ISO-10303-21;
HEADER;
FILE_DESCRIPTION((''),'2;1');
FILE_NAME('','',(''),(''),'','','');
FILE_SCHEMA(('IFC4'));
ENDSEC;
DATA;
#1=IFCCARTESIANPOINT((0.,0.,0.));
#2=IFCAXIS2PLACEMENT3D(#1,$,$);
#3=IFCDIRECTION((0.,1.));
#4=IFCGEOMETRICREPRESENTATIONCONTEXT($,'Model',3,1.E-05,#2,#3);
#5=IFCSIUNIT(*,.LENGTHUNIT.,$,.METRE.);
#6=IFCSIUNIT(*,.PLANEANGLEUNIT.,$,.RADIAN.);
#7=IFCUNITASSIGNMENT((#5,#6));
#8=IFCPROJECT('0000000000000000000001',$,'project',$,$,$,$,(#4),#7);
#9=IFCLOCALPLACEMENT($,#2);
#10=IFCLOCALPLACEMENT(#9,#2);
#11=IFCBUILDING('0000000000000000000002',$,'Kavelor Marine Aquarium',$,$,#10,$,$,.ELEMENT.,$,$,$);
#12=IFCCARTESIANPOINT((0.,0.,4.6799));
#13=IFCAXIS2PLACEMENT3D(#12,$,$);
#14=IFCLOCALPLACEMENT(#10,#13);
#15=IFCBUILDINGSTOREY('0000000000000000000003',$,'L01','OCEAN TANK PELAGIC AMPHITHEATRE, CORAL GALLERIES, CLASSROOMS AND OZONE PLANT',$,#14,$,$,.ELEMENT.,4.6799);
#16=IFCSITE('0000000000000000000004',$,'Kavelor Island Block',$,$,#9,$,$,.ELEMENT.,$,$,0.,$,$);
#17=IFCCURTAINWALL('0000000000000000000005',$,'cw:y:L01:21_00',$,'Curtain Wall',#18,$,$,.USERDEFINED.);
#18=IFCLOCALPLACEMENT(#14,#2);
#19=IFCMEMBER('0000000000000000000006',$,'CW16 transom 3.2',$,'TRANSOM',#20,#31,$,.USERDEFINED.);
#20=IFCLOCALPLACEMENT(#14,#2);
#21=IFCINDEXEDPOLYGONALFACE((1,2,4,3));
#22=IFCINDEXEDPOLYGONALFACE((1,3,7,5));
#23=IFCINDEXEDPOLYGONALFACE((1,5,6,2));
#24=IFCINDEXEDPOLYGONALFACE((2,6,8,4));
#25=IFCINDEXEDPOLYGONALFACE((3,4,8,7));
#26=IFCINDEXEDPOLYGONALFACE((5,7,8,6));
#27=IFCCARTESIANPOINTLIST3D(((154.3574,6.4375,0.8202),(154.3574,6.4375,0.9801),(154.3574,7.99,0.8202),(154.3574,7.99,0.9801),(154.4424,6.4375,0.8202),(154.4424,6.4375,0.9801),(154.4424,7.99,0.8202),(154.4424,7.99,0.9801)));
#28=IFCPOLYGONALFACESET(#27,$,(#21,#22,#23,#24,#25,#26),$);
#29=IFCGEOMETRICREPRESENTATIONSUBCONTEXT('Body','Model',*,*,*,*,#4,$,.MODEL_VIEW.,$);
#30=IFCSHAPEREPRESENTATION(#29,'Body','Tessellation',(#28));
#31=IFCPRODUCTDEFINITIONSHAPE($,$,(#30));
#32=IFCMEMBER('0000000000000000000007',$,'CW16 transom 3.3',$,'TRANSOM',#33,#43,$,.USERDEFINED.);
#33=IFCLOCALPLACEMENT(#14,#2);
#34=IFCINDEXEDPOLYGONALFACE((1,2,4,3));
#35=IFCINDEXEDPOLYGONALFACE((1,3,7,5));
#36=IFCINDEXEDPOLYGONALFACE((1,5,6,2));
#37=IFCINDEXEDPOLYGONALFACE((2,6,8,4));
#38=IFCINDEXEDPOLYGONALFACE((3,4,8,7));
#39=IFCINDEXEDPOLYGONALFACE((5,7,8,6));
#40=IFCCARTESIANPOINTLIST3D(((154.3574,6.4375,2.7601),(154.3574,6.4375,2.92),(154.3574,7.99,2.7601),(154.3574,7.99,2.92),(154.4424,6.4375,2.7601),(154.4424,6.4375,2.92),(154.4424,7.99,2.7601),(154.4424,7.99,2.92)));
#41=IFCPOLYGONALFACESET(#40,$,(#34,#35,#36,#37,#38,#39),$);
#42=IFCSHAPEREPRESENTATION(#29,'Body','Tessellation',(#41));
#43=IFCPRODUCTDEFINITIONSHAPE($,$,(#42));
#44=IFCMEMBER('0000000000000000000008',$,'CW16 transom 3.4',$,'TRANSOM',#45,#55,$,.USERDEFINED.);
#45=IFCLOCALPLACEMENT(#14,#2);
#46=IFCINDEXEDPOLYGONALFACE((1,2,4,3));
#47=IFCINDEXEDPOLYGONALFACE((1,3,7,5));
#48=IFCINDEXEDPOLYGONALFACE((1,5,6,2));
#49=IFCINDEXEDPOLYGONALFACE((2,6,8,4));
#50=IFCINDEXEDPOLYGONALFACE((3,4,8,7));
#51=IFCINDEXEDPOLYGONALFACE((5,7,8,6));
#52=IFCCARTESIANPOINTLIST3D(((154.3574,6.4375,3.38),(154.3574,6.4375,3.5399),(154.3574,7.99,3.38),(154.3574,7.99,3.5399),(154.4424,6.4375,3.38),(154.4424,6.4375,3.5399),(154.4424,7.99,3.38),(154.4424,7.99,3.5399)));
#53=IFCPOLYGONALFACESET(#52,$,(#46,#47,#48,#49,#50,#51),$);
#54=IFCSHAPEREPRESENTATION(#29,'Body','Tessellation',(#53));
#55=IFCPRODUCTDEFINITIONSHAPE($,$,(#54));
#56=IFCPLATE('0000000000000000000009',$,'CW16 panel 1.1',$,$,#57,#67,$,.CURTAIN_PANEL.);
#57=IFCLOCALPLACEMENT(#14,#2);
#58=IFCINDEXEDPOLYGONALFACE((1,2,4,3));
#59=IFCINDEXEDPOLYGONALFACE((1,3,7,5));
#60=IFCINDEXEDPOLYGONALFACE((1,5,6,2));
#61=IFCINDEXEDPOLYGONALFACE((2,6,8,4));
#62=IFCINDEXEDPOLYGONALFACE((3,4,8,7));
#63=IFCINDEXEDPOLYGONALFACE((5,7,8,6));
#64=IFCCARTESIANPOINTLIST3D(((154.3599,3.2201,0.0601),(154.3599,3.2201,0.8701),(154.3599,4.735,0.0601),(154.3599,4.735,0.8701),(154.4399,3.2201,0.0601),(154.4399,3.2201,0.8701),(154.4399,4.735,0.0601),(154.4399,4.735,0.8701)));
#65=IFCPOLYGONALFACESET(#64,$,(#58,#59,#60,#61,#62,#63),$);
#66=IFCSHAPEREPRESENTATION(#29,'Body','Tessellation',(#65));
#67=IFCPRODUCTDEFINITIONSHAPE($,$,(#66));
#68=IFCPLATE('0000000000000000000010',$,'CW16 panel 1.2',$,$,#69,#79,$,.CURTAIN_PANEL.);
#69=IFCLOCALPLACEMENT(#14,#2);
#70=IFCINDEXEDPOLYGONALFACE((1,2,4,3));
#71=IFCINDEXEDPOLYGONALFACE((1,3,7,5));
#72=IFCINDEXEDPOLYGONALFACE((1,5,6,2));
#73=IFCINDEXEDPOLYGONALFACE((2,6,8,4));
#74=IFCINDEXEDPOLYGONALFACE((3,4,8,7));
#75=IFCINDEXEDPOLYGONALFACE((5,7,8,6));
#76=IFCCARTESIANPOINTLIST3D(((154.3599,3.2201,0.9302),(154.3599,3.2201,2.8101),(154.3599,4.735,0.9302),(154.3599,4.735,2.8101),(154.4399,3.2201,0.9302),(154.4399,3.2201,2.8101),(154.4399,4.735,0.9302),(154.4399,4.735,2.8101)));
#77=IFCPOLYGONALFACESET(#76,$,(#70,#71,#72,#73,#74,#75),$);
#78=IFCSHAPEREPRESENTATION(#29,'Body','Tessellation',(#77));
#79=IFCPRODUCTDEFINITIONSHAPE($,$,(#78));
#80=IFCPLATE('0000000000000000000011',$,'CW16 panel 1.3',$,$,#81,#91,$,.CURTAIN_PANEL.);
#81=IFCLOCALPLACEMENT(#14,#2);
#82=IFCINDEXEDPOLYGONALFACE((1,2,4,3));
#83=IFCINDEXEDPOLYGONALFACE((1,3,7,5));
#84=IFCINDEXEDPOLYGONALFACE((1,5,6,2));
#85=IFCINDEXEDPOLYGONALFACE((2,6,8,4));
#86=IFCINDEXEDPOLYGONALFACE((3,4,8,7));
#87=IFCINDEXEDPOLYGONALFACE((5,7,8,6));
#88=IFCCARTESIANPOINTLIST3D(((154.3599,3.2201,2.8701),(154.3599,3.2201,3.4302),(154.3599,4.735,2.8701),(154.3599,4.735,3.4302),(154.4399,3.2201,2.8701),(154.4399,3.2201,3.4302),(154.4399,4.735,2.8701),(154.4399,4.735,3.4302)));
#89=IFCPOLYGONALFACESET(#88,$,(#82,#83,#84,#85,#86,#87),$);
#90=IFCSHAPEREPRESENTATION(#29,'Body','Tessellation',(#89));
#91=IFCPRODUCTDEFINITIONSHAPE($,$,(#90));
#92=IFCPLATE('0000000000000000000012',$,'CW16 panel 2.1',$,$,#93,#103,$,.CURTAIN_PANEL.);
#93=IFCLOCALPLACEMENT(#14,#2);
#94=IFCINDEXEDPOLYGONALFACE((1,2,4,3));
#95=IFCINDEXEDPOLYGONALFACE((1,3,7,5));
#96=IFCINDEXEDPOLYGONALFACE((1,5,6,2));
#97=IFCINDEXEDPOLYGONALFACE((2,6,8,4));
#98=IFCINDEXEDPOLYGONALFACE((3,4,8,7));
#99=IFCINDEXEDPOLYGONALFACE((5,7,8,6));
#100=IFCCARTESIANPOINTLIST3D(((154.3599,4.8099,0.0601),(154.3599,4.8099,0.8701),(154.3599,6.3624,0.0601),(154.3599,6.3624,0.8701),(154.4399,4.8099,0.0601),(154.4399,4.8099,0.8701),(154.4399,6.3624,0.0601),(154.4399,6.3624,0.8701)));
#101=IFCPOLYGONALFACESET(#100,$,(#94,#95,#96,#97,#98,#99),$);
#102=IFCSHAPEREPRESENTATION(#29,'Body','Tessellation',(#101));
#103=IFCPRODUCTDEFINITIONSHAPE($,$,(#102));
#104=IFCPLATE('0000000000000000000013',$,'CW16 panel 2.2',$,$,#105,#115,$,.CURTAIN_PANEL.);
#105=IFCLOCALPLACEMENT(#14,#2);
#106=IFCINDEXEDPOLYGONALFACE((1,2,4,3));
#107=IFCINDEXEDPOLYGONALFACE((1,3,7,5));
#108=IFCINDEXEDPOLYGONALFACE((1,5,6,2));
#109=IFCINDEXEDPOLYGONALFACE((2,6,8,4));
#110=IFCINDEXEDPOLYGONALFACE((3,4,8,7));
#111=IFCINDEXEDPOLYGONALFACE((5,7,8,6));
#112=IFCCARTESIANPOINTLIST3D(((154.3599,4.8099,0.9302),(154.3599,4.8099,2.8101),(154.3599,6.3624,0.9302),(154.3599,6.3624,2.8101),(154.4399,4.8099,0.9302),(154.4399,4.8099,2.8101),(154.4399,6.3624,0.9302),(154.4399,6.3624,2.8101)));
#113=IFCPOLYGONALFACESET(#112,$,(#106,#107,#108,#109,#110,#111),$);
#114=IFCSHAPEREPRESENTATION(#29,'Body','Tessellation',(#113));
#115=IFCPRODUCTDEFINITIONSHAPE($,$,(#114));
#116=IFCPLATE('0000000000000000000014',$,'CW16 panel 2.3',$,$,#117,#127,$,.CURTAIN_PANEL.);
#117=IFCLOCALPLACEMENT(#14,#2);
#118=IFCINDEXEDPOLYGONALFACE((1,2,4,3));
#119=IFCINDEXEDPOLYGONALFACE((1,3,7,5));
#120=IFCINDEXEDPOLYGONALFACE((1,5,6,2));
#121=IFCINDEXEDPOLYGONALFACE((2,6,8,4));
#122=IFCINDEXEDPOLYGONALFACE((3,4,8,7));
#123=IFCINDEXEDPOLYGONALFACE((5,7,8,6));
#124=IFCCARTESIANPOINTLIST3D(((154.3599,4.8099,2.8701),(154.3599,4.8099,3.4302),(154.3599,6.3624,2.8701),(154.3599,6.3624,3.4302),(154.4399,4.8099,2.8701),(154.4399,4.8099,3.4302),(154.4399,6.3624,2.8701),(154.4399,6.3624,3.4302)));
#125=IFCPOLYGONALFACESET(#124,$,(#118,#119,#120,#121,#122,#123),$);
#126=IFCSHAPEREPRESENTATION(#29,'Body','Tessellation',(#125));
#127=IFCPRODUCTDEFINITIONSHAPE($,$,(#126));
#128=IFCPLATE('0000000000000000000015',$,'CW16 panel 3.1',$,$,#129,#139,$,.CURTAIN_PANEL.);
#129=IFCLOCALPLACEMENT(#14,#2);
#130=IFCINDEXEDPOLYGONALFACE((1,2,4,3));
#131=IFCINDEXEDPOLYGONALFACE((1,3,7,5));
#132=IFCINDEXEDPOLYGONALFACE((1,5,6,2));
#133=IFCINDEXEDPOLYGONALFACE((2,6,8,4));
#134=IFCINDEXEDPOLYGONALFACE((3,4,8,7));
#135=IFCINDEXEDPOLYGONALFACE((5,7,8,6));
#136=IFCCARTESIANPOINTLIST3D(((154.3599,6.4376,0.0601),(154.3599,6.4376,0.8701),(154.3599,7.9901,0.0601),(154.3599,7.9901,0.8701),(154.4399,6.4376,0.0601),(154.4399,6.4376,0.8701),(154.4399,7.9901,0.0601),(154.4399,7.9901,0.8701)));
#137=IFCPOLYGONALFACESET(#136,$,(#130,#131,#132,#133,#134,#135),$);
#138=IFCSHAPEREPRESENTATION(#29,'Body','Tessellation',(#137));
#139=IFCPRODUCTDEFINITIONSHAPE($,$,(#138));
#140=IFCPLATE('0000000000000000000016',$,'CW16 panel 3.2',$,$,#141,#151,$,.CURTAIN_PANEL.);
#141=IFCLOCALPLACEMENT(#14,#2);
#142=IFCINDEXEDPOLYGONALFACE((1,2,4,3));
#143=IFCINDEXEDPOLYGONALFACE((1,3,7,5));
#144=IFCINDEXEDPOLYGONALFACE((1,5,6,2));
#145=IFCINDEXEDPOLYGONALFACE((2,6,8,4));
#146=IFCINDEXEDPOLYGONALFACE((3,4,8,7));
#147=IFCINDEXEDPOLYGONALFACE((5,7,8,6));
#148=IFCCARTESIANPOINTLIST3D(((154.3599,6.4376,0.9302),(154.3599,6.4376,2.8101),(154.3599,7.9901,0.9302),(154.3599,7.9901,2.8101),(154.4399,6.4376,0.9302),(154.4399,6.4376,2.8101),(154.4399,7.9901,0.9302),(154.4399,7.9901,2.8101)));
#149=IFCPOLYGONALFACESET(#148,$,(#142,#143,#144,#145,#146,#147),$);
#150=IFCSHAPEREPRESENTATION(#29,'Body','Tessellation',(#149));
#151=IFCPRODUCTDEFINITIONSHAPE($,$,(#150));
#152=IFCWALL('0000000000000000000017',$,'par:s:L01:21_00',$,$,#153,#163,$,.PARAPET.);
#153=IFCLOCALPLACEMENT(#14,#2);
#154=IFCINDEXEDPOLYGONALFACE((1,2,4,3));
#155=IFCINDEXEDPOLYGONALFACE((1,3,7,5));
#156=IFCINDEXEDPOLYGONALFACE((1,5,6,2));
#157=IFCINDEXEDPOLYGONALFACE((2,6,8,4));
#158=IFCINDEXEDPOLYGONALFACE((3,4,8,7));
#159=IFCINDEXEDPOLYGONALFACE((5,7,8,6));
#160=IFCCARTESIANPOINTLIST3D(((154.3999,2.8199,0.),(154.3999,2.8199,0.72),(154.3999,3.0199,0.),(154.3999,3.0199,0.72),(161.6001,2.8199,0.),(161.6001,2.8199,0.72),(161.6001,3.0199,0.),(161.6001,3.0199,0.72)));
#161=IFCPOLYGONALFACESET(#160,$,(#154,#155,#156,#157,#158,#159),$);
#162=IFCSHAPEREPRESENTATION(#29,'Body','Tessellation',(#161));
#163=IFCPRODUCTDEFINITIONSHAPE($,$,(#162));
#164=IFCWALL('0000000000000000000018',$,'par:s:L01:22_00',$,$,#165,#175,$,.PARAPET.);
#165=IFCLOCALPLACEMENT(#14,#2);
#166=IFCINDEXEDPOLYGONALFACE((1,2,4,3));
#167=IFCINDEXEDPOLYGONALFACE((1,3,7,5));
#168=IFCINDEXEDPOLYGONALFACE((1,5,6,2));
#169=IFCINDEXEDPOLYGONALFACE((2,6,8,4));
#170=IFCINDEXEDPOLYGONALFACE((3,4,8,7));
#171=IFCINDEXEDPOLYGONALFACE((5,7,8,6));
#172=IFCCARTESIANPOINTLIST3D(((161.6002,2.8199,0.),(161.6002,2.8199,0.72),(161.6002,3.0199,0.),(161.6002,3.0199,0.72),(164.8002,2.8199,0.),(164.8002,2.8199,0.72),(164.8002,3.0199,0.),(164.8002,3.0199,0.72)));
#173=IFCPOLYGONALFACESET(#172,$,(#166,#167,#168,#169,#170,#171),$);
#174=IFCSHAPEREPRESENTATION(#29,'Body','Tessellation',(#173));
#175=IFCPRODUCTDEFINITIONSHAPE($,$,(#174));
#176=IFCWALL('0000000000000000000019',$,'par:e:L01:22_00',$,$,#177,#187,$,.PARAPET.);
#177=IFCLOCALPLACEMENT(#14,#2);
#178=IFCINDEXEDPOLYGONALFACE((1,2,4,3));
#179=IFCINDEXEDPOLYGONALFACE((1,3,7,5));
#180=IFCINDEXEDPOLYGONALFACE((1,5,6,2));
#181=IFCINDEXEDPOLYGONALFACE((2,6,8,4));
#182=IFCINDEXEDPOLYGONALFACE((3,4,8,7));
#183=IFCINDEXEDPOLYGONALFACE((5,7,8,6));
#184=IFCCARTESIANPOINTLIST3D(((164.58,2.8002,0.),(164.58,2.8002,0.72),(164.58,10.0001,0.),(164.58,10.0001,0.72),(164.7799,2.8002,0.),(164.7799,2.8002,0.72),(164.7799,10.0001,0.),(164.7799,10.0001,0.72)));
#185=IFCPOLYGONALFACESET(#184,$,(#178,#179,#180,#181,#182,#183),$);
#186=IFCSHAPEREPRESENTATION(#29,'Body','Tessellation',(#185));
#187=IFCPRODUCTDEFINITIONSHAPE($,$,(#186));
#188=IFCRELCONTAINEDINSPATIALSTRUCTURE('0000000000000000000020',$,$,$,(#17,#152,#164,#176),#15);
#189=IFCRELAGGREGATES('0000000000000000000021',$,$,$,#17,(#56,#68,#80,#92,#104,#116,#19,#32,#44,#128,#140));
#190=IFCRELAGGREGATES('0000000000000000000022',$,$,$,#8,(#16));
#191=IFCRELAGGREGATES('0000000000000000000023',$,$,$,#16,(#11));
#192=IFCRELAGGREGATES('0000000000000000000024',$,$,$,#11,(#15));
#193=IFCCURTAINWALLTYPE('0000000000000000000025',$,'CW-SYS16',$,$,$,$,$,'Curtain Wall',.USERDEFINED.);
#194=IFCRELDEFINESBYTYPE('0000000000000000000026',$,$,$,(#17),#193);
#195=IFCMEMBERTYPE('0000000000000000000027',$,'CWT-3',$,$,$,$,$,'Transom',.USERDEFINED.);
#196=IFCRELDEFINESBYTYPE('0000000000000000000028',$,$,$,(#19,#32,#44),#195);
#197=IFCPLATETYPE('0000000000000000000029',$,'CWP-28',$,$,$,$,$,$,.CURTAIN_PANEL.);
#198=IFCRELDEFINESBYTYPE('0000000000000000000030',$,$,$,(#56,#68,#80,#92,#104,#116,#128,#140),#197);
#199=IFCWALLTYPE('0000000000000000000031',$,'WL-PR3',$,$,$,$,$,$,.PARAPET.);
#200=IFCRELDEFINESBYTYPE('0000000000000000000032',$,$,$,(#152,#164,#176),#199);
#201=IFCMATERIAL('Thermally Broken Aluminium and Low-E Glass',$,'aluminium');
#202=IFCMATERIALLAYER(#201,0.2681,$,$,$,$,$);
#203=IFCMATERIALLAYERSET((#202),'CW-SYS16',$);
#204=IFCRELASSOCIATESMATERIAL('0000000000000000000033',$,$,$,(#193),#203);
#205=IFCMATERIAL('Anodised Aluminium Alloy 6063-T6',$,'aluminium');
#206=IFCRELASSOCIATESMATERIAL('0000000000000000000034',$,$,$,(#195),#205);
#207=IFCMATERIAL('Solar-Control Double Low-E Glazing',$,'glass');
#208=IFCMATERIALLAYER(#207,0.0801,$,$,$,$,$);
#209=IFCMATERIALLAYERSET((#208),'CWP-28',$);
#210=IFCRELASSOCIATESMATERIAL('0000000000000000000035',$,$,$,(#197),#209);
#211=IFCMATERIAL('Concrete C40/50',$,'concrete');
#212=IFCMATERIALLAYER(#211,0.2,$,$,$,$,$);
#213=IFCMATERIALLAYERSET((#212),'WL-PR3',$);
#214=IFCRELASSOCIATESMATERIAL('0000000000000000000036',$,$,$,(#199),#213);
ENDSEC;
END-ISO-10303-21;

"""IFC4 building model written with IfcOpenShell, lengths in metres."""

from ifc_helpers import new_model, si_unit, direction, frame, frame_2d, origin, origin_2d, place, context, subcontext, project, spatial, rectangle, extrude, material, layer, layer_set, material_profile, profile_set, type_object, element, aggregate, save


model = new_model("IFC4")

# Units and contexts
model_context = context("Model", 3, precision=1e-05, world=origin(), true_north=direction((0.0, 1.0)))
body_context = subcontext(model_context, "Body", "Model", "MODEL_VIEW")
ifc_project = project(units=[si_unit("LENGTHUNIT", "METRE"), si_unit("PLANEANGLEUNIT", "RADIAN")], contexts=[model_context])

# Site, building, storey
site_placement = place(None, origin())
site = spatial("IfcSite", under=ifc_project, at=site_placement, Name="Kavelor Island Block", CompositionType="ELEMENT", RefElevation=0.0)
building_placement = place(site_placement, origin())
building = spatial("IfcBuilding", under=site, at=building_placement, Name="Kavelor Marine Aquarium", CompositionType="ELEMENT")
storey_placement = place(building_placement, frame((0.0, 0.0, 4.6799)))
storey = spatial("IfcBuildingStorey", under=building, at=storey_placement, Name="L01", Description="OCEAN TANK PELAGIC AMPHITHEATRE, CORAL GALLERIES, CLASSROOMS AND OZONE PLANT", CompositionType="ELEMENT", Elevation=4.6799)

# Curtain wall, members, plates
ifc_material_1 = material(Name="Thermally Broken Aluminium and Low-E Glass", Category="aluminium")
ifc_layer_1 = layer(ifc_material_1, 0.2681)
ifc_layer_set_1 = layer_set([ifc_layer_1], Name="CW-SYS16")
curtain_wall_type = type_object("IfcCurtainWallType", Name="CW-SYS16", ElementType="Curtain Wall", PredefinedType="USERDEFINED", material=ifc_layer_set_1)
curtain_wall_placement = place(storey_placement, origin())
curtain_wall = element("IfcCurtainWall", 1, at=curtain_wall_placement, inside=storey, type_object=curtain_wall_type, Name="cw:y:L01:21_00", ObjectType="Curtain Wall", PredefinedType="USERDEFINED")
ifc_material_2 = material(Name="Anodised Aluminium Alloy 6063-T6", Category="aluminium")
ifc_material_profile_1 = material_profile(ifc_material_2, rectangle(XDim=0.085, YDim=0.1599, at=origin_2d()), Name="CW-TRN 85x160")
ifc_profile_set_1 = profile_set([ifc_material_profile_1], Name="Anodised Aluminium Alloy 6063-T6")
member_type_1 = type_object("IfcMemberType", Name="CWT-3", ElementType="Transom", PredefinedType="USERDEFINED", material=ifc_profile_set_1)
member_1_placement = place(storey_placement, frame((154.3999, 6.4375, 0.9001), z_axis=(0.0, 1.0, 0.0), x_axis=(-1.0, 0.0, 0.0)))
member_1 = element("IfcMember", 2, at=member_1_placement, type_object=member_type_1, Name="CW16 transom 3.2", ObjectType="TRANSOM", PredefinedType="USERDEFINED", context=body_context, shape_type="SweptSolid", body=[
    extrude(rectangle(XDim=0.085, YDim=0.1599, at=origin_2d()), origin(), (0.0, 0.0, 1.0), 1.5525),
])
member_2_placement = place(storey_placement, frame((154.3999, 6.4375, 2.8401), z_axis=(0.0, 1.0, 0.0), x_axis=(-1.0, 0.0, 0.0)))
member_2 = element("IfcMember", 3, at=member_2_placement, type_object=member_type_1, Name="CW16 transom 3.3", ObjectType="TRANSOM", PredefinedType="USERDEFINED", context=body_context, shape_type="SweptSolid", body=[
    extrude(rectangle(XDim=0.085, YDim=0.1599, at=origin_2d()), origin(), (0.0, 0.0, 1.0), 1.5525),
])
member_3_placement = place(storey_placement, frame((154.3999, 6.4375, 3.46), z_axis=(0.0, 1.0, 0.0), x_axis=(-1.0, 0.0, 0.0)))
member_3 = element("IfcMember", 4, at=member_3_placement, type_object=member_type_1, Name="CW16 transom 3.4", ObjectType="TRANSOM", PredefinedType="USERDEFINED", context=body_context, shape_type="SweptSolid", body=[
    extrude(rectangle(XDim=0.085, YDim=0.1599, at=origin_2d()), origin(), (0.0, 0.0, 1.0), 1.5525),
])
ifc_material_3 = material(Name="Solar-Control Double Low-E Glazing", Category="glass")
ifc_layer_2 = layer(ifc_material_3, 0.0801)
ifc_layer_set_2 = layer_set([ifc_layer_2], Name="CWP-28")
plate_type = type_object("IfcPlateType", Name="CWP-28", PredefinedType="CURTAIN_PANEL", material=ifc_layer_set_2)
plate_1_placement = place(storey_placement, frame((154.3999, 3.9775, 0.0601), z_axis=(0.0, 0.0, 1.0), x_axis=(0.0, 1.0, 0.0)))
plate_1 = element("IfcPlate", 5, at=plate_1_placement, type_object=plate_type, Name="CW16 panel 1.1", PredefinedType="CURTAIN_PANEL", context=body_context, shape_type="SweptSolid", body=[
    extrude(rectangle(XDim=1.5149, YDim=0.0801, at=origin_2d()), origin(), (0.0, 0.0, 1.0), 0.8101),
])
plate_2_placement = place(storey_placement, frame((154.3999, 3.9775, 0.9302), z_axis=(0.0, 0.0, 1.0), x_axis=(0.0, 1.0, 0.0)))
plate_2 = element("IfcPlate", 6, at=plate_2_placement, type_object=plate_type, Name="CW16 panel 1.2", PredefinedType="CURTAIN_PANEL", context=body_context, shape_type="SweptSolid", body=[
    extrude(rectangle(XDim=1.5149, YDim=0.0801, at=origin_2d()), origin(), (0.0, 0.0, 1.0), 1.8799),
])
plate_3_placement = place(storey_placement, frame((154.3999, 3.9775, 2.8701), z_axis=(0.0, 0.0, 1.0), x_axis=(0.0, 1.0, 0.0)))
plate_3 = element("IfcPlate", 7, at=plate_3_placement, type_object=plate_type, Name="CW16 panel 1.3", PredefinedType="CURTAIN_PANEL", context=body_context, shape_type="SweptSolid", body=[
    extrude(rectangle(XDim=1.5149, YDim=0.0801, at=origin_2d()), origin(), (0.0, 0.0, 1.0), 0.5601),
])
plate_4_placement = place(storey_placement, frame((154.3999, 5.5862, 0.0601), z_axis=(0.0, 0.0, 1.0), x_axis=(0.0, 1.0, 0.0)))
plate_4 = element("IfcPlate", 8, at=plate_4_placement, type_object=plate_type, Name="CW16 panel 2.1", PredefinedType="CURTAIN_PANEL", context=body_context, shape_type="SweptSolid", body=[
    extrude(rectangle(XDim=1.5525, YDim=0.0801, at=origin_2d()), origin(), (0.0, 0.0, 1.0), 0.8101),
])
plate_5_placement = place(storey_placement, frame((154.3999, 5.5862, 0.9302), z_axis=(0.0, 0.0, 1.0), x_axis=(0.0, 1.0, 0.0)))
plate_5 = element("IfcPlate", 9, at=plate_5_placement, type_object=plate_type, Name="CW16 panel 2.2", PredefinedType="CURTAIN_PANEL", context=body_context, shape_type="SweptSolid", body=[
    extrude(rectangle(XDim=1.5525, YDim=0.0801, at=origin_2d()), origin(), (0.0, 0.0, 1.0), 1.8799),
])
plate_6_placement = place(storey_placement, frame((154.3999, 5.5862, 2.8701), z_axis=(0.0, 0.0, 1.0), x_axis=(0.0, 1.0, 0.0)))
plate_6 = element("IfcPlate", 10, at=plate_6_placement, type_object=plate_type, Name="CW16 panel 2.3", PredefinedType="CURTAIN_PANEL", context=body_context, shape_type="SweptSolid", body=[
    extrude(rectangle(XDim=1.5525, YDim=0.0801, at=origin_2d()), origin(), (0.0, 0.0, 1.0), 0.5601),
])
plate_7_placement = place(storey_placement, frame((154.3999, 7.2139, 0.0601), z_axis=(0.0, 0.0, 1.0), x_axis=(0.0, 1.0, 0.0)))
plate_7 = element("IfcPlate", 11, at=plate_7_placement, type_object=plate_type, Name="CW16 panel 3.1", PredefinedType="CURTAIN_PANEL", context=body_context, shape_type="SweptSolid", body=[
    extrude(rectangle(XDim=1.5525, YDim=0.0801, at=origin_2d()), origin(), (0.0, 0.0, 1.0), 0.8101),
])
plate_8_placement = place(storey_placement, frame((154.3999, 7.2139, 0.9302), z_axis=(0.0, 0.0, 1.0), x_axis=(0.0, 1.0, 0.0)))
plate_8 = element("IfcPlate", 12, at=plate_8_placement, type_object=plate_type, Name="CW16 panel 3.2", PredefinedType="CURTAIN_PANEL", context=body_context, shape_type="SweptSolid", body=[
    extrude(rectangle(XDim=1.5525, YDim=0.0801, at=origin_2d()), origin(), (0.0, 0.0, 1.0), 1.8799),
])
aggregate(curtain_wall, [plate_1, plate_2, plate_3, plate_4, plate_5, plate_6, member_1, member_2, member_3, plate_7, plate_8])

# Walls
ifc_material_4 = material(Name="Concrete C40/50", Category="concrete")
ifc_layer_3 = layer(ifc_material_4, 0.2)
ifc_layer_set_3 = layer_set([ifc_layer_3], Name="WL-PR3")
wall_type = type_object("IfcWallType", Name="WL-PR3", PredefinedType="PARAPET", material=ifc_layer_set_3)
wall_1_placement = place(storey_placement, frame((154.3999, 2.9199, 0.0), z_axis=(0.0, 0.0, 1.0), x_axis=(1.0, 0.0, 0.0)))
element("IfcWall", 13, at=wall_1_placement, inside=storey, type_object=wall_type, Name="par:s:L01:21_00", PredefinedType="PARAPET", context=body_context, shape_type="SweptSolid", body=[
    extrude(rectangle(XDim=7.2002, YDim=0.2, at=frame_2d((3.6001, 0.0))), origin(), (0.0, 0.0, 1.0), 0.72),
])
wall_2_placement = place(storey_placement, frame((161.6001, 2.9199, 0.0), z_axis=(0.0, 0.0, 1.0), x_axis=(1.0, 0.0, 0.0)))
element("IfcWall", 14, at=wall_2_placement, inside=storey, type_object=wall_type, Name="par:s:L01:22_00", PredefinedType="PARAPET", context=body_context, shape_type="SweptSolid", body=[
    extrude(rectangle(XDim=3.2, YDim=0.2, at=frame_2d((1.6001, 0.0))), origin(), (0.0, 0.0, 1.0), 0.72),
])
wall_3_placement = place(storey_placement, frame((164.6799, 2.8, 0.0), z_axis=(0.0, 0.0, 1.0), x_axis=(0.0, 1.0, 0.0)))
element("IfcWall", 15, at=wall_3_placement, inside=storey, type_object=wall_type, Name="par:e:L01:22_00", PredefinedType="PARAPET", context=body_context, shape_type="SweptSolid", body=[
    extrude(rectangle(XDim=7.2, YDim=0.2, at=frame_2d((3.6001, 0.0))), origin(), (0.0, 0.0, 1.0), 0.72),
])

save(model, "model.ifc")
